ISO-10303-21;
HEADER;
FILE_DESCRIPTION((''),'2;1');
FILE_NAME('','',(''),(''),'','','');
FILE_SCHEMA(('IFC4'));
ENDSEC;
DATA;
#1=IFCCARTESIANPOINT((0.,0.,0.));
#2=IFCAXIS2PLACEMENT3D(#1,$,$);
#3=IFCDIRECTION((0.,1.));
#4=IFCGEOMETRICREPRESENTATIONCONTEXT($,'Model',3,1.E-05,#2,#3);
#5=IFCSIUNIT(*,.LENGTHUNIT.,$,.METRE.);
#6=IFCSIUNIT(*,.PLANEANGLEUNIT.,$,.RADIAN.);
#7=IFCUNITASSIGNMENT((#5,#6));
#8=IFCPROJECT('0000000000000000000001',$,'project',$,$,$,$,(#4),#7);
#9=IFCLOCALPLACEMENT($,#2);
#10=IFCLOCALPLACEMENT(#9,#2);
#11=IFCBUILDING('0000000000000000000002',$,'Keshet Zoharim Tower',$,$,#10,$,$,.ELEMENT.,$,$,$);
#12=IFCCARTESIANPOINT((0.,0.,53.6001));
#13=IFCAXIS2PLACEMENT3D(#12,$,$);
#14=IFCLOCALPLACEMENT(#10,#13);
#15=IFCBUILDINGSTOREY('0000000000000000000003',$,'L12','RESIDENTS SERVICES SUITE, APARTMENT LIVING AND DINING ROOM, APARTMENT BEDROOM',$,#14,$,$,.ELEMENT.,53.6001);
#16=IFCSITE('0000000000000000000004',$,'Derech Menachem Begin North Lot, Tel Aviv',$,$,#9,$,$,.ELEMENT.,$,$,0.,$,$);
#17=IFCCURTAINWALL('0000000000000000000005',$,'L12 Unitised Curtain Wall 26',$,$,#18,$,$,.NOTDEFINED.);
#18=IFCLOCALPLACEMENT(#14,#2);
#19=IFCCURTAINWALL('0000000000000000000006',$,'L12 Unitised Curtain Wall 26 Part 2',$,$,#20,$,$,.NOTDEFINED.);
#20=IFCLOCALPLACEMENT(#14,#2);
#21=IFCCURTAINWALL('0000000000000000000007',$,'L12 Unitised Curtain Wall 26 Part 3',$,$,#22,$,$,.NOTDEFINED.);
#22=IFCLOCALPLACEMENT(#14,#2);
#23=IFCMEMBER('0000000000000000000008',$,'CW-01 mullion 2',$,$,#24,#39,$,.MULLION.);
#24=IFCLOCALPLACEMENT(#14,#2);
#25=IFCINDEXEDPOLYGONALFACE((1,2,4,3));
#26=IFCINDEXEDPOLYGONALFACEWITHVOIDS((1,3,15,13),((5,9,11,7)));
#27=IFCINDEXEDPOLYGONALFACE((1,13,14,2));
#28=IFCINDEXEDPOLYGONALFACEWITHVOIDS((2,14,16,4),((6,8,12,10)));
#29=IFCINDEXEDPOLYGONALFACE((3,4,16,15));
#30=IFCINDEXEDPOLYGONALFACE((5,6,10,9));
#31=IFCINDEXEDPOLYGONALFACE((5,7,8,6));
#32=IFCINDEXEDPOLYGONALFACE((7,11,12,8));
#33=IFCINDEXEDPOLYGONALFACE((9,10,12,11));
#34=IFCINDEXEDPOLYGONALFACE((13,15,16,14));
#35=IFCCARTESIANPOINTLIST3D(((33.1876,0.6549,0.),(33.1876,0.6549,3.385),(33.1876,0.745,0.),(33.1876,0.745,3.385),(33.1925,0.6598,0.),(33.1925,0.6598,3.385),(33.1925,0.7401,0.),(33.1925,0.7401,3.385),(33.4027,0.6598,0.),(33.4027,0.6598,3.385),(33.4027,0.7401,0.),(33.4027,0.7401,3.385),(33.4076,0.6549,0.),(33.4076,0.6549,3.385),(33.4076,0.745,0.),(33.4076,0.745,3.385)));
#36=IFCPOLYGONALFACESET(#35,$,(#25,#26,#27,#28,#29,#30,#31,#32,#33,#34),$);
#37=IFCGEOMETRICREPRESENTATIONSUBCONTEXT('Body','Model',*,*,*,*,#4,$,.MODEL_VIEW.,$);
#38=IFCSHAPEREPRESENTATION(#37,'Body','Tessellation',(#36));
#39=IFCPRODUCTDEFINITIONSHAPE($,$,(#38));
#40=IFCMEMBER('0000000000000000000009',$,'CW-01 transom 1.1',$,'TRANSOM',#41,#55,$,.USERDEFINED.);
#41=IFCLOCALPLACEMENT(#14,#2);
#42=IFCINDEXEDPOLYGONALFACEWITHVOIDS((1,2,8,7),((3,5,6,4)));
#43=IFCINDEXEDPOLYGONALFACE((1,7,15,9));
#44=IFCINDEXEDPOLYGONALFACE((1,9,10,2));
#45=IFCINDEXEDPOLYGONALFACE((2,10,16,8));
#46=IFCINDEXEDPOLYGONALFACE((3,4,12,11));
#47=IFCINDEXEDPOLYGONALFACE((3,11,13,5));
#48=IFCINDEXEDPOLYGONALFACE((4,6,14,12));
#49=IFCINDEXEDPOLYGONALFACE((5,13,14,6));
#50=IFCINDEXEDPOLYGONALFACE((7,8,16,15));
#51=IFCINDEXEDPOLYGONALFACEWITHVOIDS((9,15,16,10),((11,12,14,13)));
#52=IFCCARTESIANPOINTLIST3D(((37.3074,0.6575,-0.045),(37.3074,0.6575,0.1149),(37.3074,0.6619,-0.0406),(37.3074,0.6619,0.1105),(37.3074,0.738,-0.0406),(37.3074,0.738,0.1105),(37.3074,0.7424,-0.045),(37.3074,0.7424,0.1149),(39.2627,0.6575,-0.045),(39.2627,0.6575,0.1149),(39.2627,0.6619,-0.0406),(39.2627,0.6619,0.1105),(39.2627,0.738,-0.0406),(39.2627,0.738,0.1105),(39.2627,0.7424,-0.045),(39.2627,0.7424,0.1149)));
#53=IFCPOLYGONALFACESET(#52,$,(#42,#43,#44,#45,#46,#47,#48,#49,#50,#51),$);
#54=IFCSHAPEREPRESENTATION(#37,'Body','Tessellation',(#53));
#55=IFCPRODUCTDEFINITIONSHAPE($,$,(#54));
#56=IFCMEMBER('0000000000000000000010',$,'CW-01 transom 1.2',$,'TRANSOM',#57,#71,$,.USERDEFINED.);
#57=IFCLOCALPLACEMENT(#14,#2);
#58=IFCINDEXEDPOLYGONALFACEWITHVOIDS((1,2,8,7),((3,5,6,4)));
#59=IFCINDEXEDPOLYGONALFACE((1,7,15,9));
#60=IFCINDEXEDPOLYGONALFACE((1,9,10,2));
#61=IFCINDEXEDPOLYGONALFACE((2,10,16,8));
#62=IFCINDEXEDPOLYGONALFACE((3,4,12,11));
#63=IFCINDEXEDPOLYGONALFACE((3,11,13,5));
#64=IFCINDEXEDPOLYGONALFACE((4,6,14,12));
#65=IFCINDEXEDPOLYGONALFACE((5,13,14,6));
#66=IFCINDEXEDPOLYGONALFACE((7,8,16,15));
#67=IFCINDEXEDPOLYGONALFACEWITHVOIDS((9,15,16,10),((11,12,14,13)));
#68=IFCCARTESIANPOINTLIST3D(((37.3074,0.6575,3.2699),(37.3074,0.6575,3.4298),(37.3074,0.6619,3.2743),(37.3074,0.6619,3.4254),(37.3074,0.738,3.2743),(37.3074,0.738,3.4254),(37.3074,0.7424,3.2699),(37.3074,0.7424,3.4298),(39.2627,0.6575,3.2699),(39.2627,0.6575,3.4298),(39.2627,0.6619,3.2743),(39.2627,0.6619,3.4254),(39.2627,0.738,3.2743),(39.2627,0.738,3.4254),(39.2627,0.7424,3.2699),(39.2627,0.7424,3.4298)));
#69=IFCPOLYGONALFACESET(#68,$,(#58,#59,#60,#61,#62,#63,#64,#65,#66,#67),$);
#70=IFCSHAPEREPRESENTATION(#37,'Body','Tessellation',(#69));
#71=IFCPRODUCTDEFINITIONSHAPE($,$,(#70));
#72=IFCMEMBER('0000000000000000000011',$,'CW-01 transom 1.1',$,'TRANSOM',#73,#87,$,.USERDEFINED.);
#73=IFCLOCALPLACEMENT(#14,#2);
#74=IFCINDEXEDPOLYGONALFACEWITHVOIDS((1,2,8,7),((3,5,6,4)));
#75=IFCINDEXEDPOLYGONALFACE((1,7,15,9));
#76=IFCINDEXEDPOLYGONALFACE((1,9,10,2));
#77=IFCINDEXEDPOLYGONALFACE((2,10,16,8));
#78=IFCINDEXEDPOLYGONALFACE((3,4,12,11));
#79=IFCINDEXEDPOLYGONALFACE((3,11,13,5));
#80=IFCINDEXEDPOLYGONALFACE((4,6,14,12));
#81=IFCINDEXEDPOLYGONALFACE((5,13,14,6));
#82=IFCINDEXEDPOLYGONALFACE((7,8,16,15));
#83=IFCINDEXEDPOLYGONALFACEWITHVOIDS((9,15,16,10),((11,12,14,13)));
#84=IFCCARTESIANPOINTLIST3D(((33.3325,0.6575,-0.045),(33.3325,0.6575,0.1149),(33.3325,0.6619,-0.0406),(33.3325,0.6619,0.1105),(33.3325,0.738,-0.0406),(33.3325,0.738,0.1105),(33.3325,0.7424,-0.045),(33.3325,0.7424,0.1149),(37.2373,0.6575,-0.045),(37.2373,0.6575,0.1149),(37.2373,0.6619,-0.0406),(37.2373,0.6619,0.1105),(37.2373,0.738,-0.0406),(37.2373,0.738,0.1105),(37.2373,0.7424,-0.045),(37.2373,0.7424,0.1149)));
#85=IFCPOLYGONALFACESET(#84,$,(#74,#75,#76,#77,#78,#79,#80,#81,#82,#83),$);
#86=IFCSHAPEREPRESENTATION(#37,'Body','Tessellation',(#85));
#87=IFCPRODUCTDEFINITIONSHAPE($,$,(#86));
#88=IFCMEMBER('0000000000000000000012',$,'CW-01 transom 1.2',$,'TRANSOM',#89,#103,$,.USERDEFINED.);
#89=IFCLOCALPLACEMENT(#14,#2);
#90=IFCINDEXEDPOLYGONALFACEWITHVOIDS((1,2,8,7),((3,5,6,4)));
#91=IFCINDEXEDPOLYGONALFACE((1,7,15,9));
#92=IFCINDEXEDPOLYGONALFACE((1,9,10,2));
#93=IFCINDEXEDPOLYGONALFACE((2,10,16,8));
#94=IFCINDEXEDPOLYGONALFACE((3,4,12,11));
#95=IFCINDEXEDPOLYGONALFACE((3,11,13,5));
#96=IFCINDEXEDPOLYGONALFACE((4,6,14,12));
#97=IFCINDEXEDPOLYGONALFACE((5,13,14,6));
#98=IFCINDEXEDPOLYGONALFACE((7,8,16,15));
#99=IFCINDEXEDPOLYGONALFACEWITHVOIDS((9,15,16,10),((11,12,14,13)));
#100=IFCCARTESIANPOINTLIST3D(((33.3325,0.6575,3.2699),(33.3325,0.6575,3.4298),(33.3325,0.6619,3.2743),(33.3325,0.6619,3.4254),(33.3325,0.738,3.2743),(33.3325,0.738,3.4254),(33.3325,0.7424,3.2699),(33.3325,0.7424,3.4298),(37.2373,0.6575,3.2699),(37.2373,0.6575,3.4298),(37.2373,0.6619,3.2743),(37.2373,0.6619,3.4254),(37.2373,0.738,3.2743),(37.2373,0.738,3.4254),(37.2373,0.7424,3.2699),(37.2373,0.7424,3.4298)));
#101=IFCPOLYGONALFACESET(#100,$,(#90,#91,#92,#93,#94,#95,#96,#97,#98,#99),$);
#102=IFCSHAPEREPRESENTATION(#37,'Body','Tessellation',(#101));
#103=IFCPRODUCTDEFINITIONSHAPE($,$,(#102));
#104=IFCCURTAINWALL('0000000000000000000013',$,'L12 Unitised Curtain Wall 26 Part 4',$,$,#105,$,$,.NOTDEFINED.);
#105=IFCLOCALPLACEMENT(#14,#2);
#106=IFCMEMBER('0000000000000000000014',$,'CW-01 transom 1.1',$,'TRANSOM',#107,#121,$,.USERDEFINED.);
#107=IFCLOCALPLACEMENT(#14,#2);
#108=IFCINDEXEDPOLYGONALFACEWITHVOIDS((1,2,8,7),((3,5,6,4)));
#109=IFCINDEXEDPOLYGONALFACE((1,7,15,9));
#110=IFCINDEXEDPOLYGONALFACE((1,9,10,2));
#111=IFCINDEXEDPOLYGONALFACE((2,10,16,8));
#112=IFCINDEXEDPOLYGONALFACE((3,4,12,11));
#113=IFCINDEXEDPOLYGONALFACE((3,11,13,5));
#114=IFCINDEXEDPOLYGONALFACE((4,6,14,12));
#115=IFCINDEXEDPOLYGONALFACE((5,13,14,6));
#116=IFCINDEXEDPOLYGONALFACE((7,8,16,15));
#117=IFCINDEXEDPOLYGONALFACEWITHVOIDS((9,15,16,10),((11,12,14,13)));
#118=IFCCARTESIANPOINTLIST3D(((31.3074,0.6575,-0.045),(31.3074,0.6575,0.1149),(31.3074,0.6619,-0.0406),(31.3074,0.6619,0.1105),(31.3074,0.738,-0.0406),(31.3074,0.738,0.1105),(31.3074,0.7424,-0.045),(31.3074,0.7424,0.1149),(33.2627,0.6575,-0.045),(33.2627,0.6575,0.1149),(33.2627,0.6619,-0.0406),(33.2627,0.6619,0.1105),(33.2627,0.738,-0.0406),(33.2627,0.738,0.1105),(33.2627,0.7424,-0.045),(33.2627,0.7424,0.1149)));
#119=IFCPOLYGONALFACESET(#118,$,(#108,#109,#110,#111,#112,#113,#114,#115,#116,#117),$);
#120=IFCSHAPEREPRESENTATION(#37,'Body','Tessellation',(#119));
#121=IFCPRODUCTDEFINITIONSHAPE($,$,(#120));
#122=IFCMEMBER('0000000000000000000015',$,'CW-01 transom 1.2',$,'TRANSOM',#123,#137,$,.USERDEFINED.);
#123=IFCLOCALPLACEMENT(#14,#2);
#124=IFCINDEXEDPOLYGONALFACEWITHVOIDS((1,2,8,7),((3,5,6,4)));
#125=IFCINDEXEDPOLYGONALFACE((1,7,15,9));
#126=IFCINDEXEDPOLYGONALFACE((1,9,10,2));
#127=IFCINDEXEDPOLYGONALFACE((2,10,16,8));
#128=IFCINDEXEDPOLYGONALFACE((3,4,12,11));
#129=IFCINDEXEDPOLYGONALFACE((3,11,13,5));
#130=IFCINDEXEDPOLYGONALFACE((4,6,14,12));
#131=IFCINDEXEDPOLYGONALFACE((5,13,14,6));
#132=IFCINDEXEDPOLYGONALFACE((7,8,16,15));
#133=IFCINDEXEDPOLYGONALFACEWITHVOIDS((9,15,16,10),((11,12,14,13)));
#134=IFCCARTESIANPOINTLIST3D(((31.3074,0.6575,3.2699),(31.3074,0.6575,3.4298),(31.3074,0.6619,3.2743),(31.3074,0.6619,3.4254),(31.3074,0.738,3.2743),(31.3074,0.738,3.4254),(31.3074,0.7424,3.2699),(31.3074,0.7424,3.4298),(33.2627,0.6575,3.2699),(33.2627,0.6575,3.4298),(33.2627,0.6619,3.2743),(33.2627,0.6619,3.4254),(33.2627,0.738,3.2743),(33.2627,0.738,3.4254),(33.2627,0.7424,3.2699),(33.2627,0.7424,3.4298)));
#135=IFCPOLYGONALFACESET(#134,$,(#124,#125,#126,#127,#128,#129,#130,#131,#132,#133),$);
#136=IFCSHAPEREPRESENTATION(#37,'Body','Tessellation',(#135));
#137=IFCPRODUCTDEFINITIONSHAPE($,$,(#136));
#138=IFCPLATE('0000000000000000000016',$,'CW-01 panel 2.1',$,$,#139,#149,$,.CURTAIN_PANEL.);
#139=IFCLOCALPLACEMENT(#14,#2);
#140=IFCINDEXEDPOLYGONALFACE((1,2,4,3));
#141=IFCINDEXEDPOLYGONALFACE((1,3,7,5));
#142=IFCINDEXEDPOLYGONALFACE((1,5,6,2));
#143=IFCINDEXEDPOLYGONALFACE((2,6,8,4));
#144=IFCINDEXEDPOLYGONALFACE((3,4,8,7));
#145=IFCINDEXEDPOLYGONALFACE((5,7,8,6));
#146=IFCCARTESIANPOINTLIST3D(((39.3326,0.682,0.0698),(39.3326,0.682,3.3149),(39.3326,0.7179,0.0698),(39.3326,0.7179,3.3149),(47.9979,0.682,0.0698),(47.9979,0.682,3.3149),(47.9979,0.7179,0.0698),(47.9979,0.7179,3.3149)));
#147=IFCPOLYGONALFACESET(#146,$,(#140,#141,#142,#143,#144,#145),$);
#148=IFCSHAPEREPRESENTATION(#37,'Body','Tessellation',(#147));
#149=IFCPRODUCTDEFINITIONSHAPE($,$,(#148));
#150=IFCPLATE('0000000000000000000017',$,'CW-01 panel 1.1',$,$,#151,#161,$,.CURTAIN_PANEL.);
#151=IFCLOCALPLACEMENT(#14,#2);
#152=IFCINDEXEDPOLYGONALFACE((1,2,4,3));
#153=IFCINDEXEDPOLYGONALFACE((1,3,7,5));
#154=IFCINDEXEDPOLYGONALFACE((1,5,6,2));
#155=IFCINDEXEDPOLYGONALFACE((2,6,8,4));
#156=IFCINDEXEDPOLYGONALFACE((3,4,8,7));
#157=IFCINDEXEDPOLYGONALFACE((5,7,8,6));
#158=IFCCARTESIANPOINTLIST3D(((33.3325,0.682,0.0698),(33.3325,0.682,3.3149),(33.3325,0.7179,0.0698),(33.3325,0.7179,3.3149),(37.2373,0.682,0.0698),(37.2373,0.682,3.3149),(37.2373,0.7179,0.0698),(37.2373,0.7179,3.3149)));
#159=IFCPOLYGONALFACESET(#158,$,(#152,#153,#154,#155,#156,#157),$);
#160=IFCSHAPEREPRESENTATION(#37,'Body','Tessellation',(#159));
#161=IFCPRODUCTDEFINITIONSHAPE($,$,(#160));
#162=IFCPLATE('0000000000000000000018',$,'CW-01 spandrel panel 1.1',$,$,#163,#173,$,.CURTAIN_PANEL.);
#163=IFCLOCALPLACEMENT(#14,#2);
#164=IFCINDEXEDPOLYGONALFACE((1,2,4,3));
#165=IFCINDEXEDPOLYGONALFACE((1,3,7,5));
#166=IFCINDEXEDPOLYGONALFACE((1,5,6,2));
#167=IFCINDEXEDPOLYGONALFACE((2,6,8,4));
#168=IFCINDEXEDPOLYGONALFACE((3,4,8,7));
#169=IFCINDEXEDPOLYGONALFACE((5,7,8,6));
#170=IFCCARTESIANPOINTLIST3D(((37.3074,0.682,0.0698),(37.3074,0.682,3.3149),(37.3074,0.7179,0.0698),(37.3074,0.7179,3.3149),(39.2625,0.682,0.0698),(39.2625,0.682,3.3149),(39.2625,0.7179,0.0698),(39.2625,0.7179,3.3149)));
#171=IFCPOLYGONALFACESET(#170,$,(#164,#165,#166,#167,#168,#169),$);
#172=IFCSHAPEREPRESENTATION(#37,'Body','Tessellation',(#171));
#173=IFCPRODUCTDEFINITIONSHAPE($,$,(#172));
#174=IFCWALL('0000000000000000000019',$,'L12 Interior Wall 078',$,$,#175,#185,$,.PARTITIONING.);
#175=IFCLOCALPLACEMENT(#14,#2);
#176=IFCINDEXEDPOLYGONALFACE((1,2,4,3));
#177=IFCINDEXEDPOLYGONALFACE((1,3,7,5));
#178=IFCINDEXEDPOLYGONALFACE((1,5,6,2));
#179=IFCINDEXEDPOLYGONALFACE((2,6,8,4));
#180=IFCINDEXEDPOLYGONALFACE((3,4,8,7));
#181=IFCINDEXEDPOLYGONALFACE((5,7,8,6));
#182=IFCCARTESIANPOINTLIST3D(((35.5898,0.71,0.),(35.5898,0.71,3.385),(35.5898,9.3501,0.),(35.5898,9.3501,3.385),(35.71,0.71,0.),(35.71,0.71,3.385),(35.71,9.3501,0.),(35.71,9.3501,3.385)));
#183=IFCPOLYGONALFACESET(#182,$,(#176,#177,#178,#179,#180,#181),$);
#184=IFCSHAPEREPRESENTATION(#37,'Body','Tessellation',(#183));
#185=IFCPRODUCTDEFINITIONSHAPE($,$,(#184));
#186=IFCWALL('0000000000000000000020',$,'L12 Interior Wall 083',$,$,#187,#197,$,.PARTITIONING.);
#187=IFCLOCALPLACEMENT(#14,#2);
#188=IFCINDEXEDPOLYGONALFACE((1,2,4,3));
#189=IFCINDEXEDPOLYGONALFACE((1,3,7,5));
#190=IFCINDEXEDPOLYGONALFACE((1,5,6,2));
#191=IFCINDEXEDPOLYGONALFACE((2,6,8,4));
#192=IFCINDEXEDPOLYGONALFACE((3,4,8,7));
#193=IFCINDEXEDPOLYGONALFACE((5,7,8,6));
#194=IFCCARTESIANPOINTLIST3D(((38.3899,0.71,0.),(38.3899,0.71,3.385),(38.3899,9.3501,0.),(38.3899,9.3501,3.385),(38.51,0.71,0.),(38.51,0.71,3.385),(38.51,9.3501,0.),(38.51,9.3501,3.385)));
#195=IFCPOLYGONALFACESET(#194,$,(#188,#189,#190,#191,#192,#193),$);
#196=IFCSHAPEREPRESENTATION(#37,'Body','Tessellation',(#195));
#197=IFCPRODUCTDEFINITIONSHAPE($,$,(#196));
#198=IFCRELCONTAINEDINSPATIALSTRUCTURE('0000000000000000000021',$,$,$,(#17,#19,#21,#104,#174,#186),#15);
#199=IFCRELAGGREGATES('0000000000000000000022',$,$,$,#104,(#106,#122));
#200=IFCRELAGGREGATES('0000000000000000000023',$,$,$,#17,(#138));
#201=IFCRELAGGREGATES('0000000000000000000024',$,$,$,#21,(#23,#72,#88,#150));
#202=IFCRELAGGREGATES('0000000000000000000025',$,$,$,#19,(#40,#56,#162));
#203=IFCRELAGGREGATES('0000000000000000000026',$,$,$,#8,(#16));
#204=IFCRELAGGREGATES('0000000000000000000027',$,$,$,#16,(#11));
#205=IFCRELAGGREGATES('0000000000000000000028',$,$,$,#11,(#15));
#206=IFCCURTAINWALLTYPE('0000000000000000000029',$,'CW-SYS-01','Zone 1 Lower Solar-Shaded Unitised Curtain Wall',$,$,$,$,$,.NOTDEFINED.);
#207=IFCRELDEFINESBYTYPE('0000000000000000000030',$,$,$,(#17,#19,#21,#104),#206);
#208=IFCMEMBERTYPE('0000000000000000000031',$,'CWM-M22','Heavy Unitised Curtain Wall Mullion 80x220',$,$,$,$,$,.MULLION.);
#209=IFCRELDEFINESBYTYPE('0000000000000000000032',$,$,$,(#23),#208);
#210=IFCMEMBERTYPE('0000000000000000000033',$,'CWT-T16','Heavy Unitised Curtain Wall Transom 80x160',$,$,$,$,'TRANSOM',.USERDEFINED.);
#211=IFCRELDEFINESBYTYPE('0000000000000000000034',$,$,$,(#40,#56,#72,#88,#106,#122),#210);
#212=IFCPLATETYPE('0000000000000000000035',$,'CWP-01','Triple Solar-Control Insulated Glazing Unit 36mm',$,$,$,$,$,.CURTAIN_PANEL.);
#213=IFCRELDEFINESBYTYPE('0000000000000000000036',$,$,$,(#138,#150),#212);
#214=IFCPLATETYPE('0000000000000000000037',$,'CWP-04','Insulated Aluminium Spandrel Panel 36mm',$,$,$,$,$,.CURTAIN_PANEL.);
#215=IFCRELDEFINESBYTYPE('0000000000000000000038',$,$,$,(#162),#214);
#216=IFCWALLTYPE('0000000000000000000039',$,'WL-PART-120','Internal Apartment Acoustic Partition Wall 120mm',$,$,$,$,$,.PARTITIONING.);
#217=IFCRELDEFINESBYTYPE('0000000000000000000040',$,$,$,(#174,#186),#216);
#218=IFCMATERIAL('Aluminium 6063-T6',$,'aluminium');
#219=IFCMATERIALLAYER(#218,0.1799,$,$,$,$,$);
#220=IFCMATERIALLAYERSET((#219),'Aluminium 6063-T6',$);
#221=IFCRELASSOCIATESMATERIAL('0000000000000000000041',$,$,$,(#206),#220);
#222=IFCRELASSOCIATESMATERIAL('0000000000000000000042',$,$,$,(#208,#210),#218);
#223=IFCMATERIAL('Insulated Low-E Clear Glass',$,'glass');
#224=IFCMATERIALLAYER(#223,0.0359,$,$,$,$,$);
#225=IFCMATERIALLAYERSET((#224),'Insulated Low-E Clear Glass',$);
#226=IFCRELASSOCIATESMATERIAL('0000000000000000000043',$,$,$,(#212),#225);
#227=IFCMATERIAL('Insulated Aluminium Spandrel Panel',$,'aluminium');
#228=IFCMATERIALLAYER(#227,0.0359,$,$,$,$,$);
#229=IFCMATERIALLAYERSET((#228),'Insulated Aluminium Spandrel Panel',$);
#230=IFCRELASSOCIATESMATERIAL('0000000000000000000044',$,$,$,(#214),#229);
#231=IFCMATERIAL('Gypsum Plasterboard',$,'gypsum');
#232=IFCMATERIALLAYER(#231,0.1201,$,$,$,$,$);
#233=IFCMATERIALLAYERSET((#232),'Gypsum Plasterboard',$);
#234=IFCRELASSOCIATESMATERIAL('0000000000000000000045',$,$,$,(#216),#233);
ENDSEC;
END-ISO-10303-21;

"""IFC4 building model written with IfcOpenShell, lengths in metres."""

from ifc_helpers import new_model, si_unit, direction, frame, frame_2d, origin, origin_2d, place, context, subcontext, project, spatial, rectangle, hollow_rectangle, extrude, material, layer, layer_set, material_profile, profile_set, type_object, element, aggregate, save


model = new_model("IFC4")

# Units and contexts
model_context = context("Model", 3, precision=1e-05, world=origin(), true_north=direction((0.0, 1.0)))
body_context = subcontext(model_context, "Body", "Model", "MODEL_VIEW")
ifc_project = project(units=[si_unit("LENGTHUNIT", "METRE"), si_unit("PLANEANGLEUNIT", "RADIAN")], contexts=[model_context])

# Site, building, storey
site_placement = place(None, origin())
site = spatial("IfcSite", under=ifc_project, at=site_placement, Name="Derech Menachem Begin North Lot, Tel Aviv", CompositionType="ELEMENT", RefElevation=0.0)
building_placement = place(site_placement, origin())
building = spatial("IfcBuilding", under=site, at=building_placement, Name="Keshet Zoharim Tower", CompositionType="ELEMENT")
storey_placement = place(building_placement, frame((0.0, 0.0, 53.6001)))
storey = spatial("IfcBuildingStorey", under=building, at=storey_placement, Name="L12", Description="RESIDENTS SERVICES SUITE, APARTMENT LIVING AND DINING ROOM, APARTMENT BEDROOM", CompositionType="ELEMENT", Elevation=53.6001)

# Curtain walls, member
ifc_material_1 = material(Name="Aluminium 6063-T6", Category="aluminium")
ifc_layer_1 = layer(ifc_material_1, 0.1799)
ifc_layer_set_1 = layer_set([ifc_layer_1], Name="Aluminium 6063-T6")
curtain_wall_type = type_object("IfcCurtainWallType", Name="CW-SYS-01", Description="Zone 1 Lower Solar-Shaded Unitised Curtain Wall", PredefinedType="NOTDEFINED", material=ifc_layer_set_1)
curtain_wall_1_placement = place(storey_placement, origin())
curtain_wall_1 = element("IfcCurtainWall", 1, at=curtain_wall_1_placement, inside=storey, type_object=curtain_wall_type, Name="L12 Unitised Curtain Wall 26", PredefinedType="NOTDEFINED")
ifc_material_profile_1 = material_profile(ifc_material_1, hollow_rectangle(XDim=0.0901, YDim=0.22, WallThickness=0.0049, at=origin_2d()), Name="MUL-90x220")
ifc_profile_set_1 = profile_set([ifc_material_profile_1], Name="Aluminium 6063-T6")
member_type_1 = type_object("IfcMemberType", Name="CWM-M22", Description="Heavy Unitised Curtain Wall Mullion 80x220", PredefinedType="MULLION", material=ifc_profile_set_1)
curtain_wall_2_placement = place(storey_placement, origin())
curtain_wall_2 = element("IfcCurtainWall", 2, at=curtain_wall_2_placement, inside=storey, type_object=curtain_wall_type, Name="L12 Unitised Curtain Wall 26 Part 2", PredefinedType="NOTDEFINED")
curtain_wall_3_placement = place(storey_placement, origin())
curtain_wall_3 = element("IfcCurtainWall", 3, at=curtain_wall_3_placement, inside=storey, type_object=curtain_wall_type, Name="L12 Unitised Curtain Wall 26 Part 3", PredefinedType="NOTDEFINED")
member_1_placement = place(storey_placement, frame((33.2976, 0.7, 0.0), z_axis=(0.0, 0.0, 1.0), x_axis=(0.0, -1.0, 0.0)))
member_1 = element("IfcMember", 4, at=member_1_placement, type_object=member_type_1, Name="CW-01 mullion 2", PredefinedType="MULLION", context=body_context, shape_type="SweptSolid", body=[
    extrude(hollow_rectangle(XDim=0.0901, YDim=0.22, WallThickness=0.0049, at=origin_2d()), origin(), (0.0, 0.0, 1.0), 3.385),
])

# Members
ifc_material_profile_2 = material_profile(ifc_material_1, hollow_rectangle(XDim=0.085, YDim=0.1599, WallThickness=0.0044, at=origin_2d()), Name="TRN-85x160")
ifc_profile_set_2 = profile_set([ifc_material_profile_2], Name="Aluminium 6063-T6")
member_type_2 = type_object("IfcMemberType", Name="CWT-T16", Description="Heavy Unitised Curtain Wall Transom 80x160", ElementType="TRANSOM", PredefinedType="USERDEFINED", material=ifc_profile_set_2)
member_2_placement = place(storey_placement, frame((39.2627, 0.7, 0.0349), z_axis=(-1.0, 0.0, 0.0), x_axis=(0.0, -1.0, 0.0)))
member_2 = element("IfcMember", 5, at=member_2_placement, type_object=member_type_2, Name="CW-01 transom 1.1", ObjectType="TRANSOM", PredefinedType="USERDEFINED", context=body_context, shape_type="SweptSolid", body=[
    extrude(hollow_rectangle(XDim=0.085, YDim=0.1599, WallThickness=0.0044, at=origin_2d()), origin(), (0.0, 0.0, 1.0), 1.9553),
])
member_3_placement = place(storey_placement, frame((39.2627, 0.7, 3.3499), z_axis=(-1.0, 0.0, 0.0), x_axis=(0.0, -1.0, 0.0)))
member_3 = element("IfcMember", 6, at=member_3_placement, type_object=member_type_2, Name="CW-01 transom 1.2", ObjectType="TRANSOM", PredefinedType="USERDEFINED", context=body_context, shape_type="SweptSolid", body=[
    extrude(hollow_rectangle(XDim=0.085, YDim=0.1599, WallThickness=0.0044, at=origin_2d()), origin(), (0.0, 0.0, 1.0), 1.9553),
])
member_4_placement = place(storey_placement, frame((37.2373, 0.7, 0.0349), z_axis=(-1.0, 0.0, 0.0), x_axis=(0.0, -1.0, 0.0)))
member_4 = element("IfcMember", 7, at=member_4_placement, type_object=member_type_2, Name="CW-01 transom 1.1", ObjectType="TRANSOM", PredefinedType="USERDEFINED", context=body_context, shape_type="SweptSolid", body=[
    extrude(hollow_rectangle(XDim=0.085, YDim=0.1599, WallThickness=0.0044, at=origin_2d()), origin(), (0.0, 0.0, 1.0), 3.9048),
])
member_5_placement = place(storey_placement, frame((37.2373, 0.7, 3.3499), z_axis=(-1.0, 0.0, 0.0), x_axis=(0.0, -1.0, 0.0)))
member_5 = element("IfcMember", 8, at=member_5_placement, type_object=member_type_2, Name="CW-01 transom 1.2", ObjectType="TRANSOM", PredefinedType="USERDEFINED", context=body_context, shape_type="SweptSolid", body=[
    extrude(hollow_rectangle(XDim=0.085, YDim=0.1599, WallThickness=0.0044, at=origin_2d()), origin(), (0.0, 0.0, 1.0), 3.9048),
])

# Curtain wall, members
curtain_wall_4_placement = place(storey_placement, origin())
curtain_wall_4 = element("IfcCurtainWall", 9, at=curtain_wall_4_placement, inside=storey, type_object=curtain_wall_type, Name="L12 Unitised Curtain Wall 26 Part 4", PredefinedType="NOTDEFINED")
member_6_placement = place(storey_placement, frame((33.2627, 0.7, 0.0349), z_axis=(-1.0, 0.0, 0.0), x_axis=(0.0, -1.0, 0.0)))
member_6 = element("IfcMember", 10, at=member_6_placement, type_object=member_type_2, Name="CW-01 transom 1.1", ObjectType="TRANSOM", PredefinedType="USERDEFINED", context=body_context, shape_type="SweptSolid", body=[
    extrude(hollow_rectangle(XDim=0.085, YDim=0.1599, WallThickness=0.0044, at=origin_2d()), origin(), (0.0, 0.0, 1.0), 1.9553),
])
member_7_placement = place(storey_placement, frame((33.2627, 0.7, 3.3499), z_axis=(-1.0, 0.0, 0.0), x_axis=(0.0, -1.0, 0.0)))
member_7 = element("IfcMember", 11, at=member_7_placement, type_object=member_type_2, Name="CW-01 transom 1.2", ObjectType="TRANSOM", PredefinedType="USERDEFINED", context=body_context, shape_type="SweptSolid", body=[
    extrude(hollow_rectangle(XDim=0.085, YDim=0.1599, WallThickness=0.0044, at=origin_2d()), origin(), (0.0, 0.0, 1.0), 1.9553),
])
aggregate(curtain_wall_4, [member_6, member_7])

# Plates
ifc_material_2 = material(Name="Insulated Low-E Clear Glass", Category="glass")
ifc_layer_2 = layer(ifc_material_2, 0.0359)
ifc_layer_set_2 = layer_set([ifc_layer_2], Name="Insulated Low-E Clear Glass")
plate_type_1 = type_object("IfcPlateType", Name="CWP-01", Description="Triple Solar-Control Insulated Glazing Unit 36mm", PredefinedType="CURTAIN_PANEL", material=ifc_layer_set_2)
plate_1_placement = place(storey_placement, frame((43.6653, 0.7, 0.0698), z_axis=(0.0, 0.0, 1.0), x_axis=(-1.0, 0.0, 0.0)))
plate_1 = element("IfcPlate", 12, at=plate_1_placement, type_object=plate_type_1, Name="CW-01 panel 2.1", PredefinedType="CURTAIN_PANEL", context=body_context, shape_type="SweptSolid", body=[
    extrude(rectangle(XDim=8.6653, YDim=0.0359, at=origin_2d()), origin(), (0.0, 0.0, 1.0), 3.2451),
])
aggregate(curtain_wall_1, [plate_1])
plate_2_placement = place(storey_placement, frame((35.2849, 0.7, 0.0698), z_axis=(0.0, 0.0, 1.0), x_axis=(-1.0, 0.0, 0.0)))
plate_2 = element("IfcPlate", 13, at=plate_2_placement, type_object=plate_type_1, Name="CW-01 panel 1.1", PredefinedType="CURTAIN_PANEL", context=body_context, shape_type="SweptSolid", body=[
    extrude(rectangle(XDim=3.9048, YDim=0.0359, at=origin_2d()), origin(), (0.0, 0.0, 1.0), 3.2451),
])
aggregate(curtain_wall_3, [member_1, member_4, member_5, plate_2])
ifc_material_3 = material(Name="Insulated Aluminium Spandrel Panel", Category="aluminium")
ifc_layer_3 = layer(ifc_material_3, 0.0359)
ifc_layer_set_3 = layer_set([ifc_layer_3], Name="Insulated Aluminium Spandrel Panel")
plate_type_2 = type_object("IfcPlateType", Name="CWP-04", Description="Insulated Aluminium Spandrel Panel 36mm", PredefinedType="CURTAIN_PANEL", material=ifc_layer_set_3)
plate_3_placement = place(storey_placement, frame((38.2849, 0.7, 0.0698), z_axis=(0.0, 0.0, 1.0), x_axis=(-1.0, 0.0, 0.0)))
plate_3 = element("IfcPlate", 14, at=plate_3_placement, type_object=plate_type_2, Name="CW-01 spandrel panel 1.1", PredefinedType="CURTAIN_PANEL", context=body_context, shape_type="SweptSolid", body=[
    extrude(rectangle(XDim=1.9551, YDim=0.0359, at=origin_2d()), origin(), (0.0, 0.0, 1.0), 3.2451),
])
aggregate(curtain_wall_2, [member_2, member_3, plate_3])

# Walls
ifc_material_4 = material(Name="Gypsum Plasterboard", Category="gypsum")
ifc_layer_4 = layer(ifc_material_4, 0.1201)
ifc_layer_set_4 = layer_set([ifc_layer_4], Name="Gypsum Plasterboard")
wall_type = type_object("IfcWallType", Name="WL-PART-120", Description="Internal Apartment Acoustic Partition Wall 120mm", PredefinedType="PARTITIONING", material=ifc_layer_set_4)
for number, where, z_axis, x_axis, name in (
    (15, (35.6499, 0.71, 0.0), (0.0, 0.0, 1.0), (0.0, 1.0, 0.0), "L12 Interior Wall 078"),
    (16, (38.45, 0.71, 0.0), (0.0, 0.0, 1.0), (0.0, 1.0, 0.0), "L12 Interior Wall 083"),
):
    element("IfcWall", number, at=place(storey_placement, frame(where, z_axis=z_axis, x_axis=x_axis)), inside=storey, type_object=wall_type, Name=name, PredefinedType="PARTITIONING", context=body_context, shape_type="SweptSolid", body=[
        extrude(rectangle(XDim=8.6401, YDim=0.1201, at=frame_2d((4.3201, 0.0))), origin(), (0.0, 0.0, 1.0), 3.385),
    ])

save(model, "model.ifc")
